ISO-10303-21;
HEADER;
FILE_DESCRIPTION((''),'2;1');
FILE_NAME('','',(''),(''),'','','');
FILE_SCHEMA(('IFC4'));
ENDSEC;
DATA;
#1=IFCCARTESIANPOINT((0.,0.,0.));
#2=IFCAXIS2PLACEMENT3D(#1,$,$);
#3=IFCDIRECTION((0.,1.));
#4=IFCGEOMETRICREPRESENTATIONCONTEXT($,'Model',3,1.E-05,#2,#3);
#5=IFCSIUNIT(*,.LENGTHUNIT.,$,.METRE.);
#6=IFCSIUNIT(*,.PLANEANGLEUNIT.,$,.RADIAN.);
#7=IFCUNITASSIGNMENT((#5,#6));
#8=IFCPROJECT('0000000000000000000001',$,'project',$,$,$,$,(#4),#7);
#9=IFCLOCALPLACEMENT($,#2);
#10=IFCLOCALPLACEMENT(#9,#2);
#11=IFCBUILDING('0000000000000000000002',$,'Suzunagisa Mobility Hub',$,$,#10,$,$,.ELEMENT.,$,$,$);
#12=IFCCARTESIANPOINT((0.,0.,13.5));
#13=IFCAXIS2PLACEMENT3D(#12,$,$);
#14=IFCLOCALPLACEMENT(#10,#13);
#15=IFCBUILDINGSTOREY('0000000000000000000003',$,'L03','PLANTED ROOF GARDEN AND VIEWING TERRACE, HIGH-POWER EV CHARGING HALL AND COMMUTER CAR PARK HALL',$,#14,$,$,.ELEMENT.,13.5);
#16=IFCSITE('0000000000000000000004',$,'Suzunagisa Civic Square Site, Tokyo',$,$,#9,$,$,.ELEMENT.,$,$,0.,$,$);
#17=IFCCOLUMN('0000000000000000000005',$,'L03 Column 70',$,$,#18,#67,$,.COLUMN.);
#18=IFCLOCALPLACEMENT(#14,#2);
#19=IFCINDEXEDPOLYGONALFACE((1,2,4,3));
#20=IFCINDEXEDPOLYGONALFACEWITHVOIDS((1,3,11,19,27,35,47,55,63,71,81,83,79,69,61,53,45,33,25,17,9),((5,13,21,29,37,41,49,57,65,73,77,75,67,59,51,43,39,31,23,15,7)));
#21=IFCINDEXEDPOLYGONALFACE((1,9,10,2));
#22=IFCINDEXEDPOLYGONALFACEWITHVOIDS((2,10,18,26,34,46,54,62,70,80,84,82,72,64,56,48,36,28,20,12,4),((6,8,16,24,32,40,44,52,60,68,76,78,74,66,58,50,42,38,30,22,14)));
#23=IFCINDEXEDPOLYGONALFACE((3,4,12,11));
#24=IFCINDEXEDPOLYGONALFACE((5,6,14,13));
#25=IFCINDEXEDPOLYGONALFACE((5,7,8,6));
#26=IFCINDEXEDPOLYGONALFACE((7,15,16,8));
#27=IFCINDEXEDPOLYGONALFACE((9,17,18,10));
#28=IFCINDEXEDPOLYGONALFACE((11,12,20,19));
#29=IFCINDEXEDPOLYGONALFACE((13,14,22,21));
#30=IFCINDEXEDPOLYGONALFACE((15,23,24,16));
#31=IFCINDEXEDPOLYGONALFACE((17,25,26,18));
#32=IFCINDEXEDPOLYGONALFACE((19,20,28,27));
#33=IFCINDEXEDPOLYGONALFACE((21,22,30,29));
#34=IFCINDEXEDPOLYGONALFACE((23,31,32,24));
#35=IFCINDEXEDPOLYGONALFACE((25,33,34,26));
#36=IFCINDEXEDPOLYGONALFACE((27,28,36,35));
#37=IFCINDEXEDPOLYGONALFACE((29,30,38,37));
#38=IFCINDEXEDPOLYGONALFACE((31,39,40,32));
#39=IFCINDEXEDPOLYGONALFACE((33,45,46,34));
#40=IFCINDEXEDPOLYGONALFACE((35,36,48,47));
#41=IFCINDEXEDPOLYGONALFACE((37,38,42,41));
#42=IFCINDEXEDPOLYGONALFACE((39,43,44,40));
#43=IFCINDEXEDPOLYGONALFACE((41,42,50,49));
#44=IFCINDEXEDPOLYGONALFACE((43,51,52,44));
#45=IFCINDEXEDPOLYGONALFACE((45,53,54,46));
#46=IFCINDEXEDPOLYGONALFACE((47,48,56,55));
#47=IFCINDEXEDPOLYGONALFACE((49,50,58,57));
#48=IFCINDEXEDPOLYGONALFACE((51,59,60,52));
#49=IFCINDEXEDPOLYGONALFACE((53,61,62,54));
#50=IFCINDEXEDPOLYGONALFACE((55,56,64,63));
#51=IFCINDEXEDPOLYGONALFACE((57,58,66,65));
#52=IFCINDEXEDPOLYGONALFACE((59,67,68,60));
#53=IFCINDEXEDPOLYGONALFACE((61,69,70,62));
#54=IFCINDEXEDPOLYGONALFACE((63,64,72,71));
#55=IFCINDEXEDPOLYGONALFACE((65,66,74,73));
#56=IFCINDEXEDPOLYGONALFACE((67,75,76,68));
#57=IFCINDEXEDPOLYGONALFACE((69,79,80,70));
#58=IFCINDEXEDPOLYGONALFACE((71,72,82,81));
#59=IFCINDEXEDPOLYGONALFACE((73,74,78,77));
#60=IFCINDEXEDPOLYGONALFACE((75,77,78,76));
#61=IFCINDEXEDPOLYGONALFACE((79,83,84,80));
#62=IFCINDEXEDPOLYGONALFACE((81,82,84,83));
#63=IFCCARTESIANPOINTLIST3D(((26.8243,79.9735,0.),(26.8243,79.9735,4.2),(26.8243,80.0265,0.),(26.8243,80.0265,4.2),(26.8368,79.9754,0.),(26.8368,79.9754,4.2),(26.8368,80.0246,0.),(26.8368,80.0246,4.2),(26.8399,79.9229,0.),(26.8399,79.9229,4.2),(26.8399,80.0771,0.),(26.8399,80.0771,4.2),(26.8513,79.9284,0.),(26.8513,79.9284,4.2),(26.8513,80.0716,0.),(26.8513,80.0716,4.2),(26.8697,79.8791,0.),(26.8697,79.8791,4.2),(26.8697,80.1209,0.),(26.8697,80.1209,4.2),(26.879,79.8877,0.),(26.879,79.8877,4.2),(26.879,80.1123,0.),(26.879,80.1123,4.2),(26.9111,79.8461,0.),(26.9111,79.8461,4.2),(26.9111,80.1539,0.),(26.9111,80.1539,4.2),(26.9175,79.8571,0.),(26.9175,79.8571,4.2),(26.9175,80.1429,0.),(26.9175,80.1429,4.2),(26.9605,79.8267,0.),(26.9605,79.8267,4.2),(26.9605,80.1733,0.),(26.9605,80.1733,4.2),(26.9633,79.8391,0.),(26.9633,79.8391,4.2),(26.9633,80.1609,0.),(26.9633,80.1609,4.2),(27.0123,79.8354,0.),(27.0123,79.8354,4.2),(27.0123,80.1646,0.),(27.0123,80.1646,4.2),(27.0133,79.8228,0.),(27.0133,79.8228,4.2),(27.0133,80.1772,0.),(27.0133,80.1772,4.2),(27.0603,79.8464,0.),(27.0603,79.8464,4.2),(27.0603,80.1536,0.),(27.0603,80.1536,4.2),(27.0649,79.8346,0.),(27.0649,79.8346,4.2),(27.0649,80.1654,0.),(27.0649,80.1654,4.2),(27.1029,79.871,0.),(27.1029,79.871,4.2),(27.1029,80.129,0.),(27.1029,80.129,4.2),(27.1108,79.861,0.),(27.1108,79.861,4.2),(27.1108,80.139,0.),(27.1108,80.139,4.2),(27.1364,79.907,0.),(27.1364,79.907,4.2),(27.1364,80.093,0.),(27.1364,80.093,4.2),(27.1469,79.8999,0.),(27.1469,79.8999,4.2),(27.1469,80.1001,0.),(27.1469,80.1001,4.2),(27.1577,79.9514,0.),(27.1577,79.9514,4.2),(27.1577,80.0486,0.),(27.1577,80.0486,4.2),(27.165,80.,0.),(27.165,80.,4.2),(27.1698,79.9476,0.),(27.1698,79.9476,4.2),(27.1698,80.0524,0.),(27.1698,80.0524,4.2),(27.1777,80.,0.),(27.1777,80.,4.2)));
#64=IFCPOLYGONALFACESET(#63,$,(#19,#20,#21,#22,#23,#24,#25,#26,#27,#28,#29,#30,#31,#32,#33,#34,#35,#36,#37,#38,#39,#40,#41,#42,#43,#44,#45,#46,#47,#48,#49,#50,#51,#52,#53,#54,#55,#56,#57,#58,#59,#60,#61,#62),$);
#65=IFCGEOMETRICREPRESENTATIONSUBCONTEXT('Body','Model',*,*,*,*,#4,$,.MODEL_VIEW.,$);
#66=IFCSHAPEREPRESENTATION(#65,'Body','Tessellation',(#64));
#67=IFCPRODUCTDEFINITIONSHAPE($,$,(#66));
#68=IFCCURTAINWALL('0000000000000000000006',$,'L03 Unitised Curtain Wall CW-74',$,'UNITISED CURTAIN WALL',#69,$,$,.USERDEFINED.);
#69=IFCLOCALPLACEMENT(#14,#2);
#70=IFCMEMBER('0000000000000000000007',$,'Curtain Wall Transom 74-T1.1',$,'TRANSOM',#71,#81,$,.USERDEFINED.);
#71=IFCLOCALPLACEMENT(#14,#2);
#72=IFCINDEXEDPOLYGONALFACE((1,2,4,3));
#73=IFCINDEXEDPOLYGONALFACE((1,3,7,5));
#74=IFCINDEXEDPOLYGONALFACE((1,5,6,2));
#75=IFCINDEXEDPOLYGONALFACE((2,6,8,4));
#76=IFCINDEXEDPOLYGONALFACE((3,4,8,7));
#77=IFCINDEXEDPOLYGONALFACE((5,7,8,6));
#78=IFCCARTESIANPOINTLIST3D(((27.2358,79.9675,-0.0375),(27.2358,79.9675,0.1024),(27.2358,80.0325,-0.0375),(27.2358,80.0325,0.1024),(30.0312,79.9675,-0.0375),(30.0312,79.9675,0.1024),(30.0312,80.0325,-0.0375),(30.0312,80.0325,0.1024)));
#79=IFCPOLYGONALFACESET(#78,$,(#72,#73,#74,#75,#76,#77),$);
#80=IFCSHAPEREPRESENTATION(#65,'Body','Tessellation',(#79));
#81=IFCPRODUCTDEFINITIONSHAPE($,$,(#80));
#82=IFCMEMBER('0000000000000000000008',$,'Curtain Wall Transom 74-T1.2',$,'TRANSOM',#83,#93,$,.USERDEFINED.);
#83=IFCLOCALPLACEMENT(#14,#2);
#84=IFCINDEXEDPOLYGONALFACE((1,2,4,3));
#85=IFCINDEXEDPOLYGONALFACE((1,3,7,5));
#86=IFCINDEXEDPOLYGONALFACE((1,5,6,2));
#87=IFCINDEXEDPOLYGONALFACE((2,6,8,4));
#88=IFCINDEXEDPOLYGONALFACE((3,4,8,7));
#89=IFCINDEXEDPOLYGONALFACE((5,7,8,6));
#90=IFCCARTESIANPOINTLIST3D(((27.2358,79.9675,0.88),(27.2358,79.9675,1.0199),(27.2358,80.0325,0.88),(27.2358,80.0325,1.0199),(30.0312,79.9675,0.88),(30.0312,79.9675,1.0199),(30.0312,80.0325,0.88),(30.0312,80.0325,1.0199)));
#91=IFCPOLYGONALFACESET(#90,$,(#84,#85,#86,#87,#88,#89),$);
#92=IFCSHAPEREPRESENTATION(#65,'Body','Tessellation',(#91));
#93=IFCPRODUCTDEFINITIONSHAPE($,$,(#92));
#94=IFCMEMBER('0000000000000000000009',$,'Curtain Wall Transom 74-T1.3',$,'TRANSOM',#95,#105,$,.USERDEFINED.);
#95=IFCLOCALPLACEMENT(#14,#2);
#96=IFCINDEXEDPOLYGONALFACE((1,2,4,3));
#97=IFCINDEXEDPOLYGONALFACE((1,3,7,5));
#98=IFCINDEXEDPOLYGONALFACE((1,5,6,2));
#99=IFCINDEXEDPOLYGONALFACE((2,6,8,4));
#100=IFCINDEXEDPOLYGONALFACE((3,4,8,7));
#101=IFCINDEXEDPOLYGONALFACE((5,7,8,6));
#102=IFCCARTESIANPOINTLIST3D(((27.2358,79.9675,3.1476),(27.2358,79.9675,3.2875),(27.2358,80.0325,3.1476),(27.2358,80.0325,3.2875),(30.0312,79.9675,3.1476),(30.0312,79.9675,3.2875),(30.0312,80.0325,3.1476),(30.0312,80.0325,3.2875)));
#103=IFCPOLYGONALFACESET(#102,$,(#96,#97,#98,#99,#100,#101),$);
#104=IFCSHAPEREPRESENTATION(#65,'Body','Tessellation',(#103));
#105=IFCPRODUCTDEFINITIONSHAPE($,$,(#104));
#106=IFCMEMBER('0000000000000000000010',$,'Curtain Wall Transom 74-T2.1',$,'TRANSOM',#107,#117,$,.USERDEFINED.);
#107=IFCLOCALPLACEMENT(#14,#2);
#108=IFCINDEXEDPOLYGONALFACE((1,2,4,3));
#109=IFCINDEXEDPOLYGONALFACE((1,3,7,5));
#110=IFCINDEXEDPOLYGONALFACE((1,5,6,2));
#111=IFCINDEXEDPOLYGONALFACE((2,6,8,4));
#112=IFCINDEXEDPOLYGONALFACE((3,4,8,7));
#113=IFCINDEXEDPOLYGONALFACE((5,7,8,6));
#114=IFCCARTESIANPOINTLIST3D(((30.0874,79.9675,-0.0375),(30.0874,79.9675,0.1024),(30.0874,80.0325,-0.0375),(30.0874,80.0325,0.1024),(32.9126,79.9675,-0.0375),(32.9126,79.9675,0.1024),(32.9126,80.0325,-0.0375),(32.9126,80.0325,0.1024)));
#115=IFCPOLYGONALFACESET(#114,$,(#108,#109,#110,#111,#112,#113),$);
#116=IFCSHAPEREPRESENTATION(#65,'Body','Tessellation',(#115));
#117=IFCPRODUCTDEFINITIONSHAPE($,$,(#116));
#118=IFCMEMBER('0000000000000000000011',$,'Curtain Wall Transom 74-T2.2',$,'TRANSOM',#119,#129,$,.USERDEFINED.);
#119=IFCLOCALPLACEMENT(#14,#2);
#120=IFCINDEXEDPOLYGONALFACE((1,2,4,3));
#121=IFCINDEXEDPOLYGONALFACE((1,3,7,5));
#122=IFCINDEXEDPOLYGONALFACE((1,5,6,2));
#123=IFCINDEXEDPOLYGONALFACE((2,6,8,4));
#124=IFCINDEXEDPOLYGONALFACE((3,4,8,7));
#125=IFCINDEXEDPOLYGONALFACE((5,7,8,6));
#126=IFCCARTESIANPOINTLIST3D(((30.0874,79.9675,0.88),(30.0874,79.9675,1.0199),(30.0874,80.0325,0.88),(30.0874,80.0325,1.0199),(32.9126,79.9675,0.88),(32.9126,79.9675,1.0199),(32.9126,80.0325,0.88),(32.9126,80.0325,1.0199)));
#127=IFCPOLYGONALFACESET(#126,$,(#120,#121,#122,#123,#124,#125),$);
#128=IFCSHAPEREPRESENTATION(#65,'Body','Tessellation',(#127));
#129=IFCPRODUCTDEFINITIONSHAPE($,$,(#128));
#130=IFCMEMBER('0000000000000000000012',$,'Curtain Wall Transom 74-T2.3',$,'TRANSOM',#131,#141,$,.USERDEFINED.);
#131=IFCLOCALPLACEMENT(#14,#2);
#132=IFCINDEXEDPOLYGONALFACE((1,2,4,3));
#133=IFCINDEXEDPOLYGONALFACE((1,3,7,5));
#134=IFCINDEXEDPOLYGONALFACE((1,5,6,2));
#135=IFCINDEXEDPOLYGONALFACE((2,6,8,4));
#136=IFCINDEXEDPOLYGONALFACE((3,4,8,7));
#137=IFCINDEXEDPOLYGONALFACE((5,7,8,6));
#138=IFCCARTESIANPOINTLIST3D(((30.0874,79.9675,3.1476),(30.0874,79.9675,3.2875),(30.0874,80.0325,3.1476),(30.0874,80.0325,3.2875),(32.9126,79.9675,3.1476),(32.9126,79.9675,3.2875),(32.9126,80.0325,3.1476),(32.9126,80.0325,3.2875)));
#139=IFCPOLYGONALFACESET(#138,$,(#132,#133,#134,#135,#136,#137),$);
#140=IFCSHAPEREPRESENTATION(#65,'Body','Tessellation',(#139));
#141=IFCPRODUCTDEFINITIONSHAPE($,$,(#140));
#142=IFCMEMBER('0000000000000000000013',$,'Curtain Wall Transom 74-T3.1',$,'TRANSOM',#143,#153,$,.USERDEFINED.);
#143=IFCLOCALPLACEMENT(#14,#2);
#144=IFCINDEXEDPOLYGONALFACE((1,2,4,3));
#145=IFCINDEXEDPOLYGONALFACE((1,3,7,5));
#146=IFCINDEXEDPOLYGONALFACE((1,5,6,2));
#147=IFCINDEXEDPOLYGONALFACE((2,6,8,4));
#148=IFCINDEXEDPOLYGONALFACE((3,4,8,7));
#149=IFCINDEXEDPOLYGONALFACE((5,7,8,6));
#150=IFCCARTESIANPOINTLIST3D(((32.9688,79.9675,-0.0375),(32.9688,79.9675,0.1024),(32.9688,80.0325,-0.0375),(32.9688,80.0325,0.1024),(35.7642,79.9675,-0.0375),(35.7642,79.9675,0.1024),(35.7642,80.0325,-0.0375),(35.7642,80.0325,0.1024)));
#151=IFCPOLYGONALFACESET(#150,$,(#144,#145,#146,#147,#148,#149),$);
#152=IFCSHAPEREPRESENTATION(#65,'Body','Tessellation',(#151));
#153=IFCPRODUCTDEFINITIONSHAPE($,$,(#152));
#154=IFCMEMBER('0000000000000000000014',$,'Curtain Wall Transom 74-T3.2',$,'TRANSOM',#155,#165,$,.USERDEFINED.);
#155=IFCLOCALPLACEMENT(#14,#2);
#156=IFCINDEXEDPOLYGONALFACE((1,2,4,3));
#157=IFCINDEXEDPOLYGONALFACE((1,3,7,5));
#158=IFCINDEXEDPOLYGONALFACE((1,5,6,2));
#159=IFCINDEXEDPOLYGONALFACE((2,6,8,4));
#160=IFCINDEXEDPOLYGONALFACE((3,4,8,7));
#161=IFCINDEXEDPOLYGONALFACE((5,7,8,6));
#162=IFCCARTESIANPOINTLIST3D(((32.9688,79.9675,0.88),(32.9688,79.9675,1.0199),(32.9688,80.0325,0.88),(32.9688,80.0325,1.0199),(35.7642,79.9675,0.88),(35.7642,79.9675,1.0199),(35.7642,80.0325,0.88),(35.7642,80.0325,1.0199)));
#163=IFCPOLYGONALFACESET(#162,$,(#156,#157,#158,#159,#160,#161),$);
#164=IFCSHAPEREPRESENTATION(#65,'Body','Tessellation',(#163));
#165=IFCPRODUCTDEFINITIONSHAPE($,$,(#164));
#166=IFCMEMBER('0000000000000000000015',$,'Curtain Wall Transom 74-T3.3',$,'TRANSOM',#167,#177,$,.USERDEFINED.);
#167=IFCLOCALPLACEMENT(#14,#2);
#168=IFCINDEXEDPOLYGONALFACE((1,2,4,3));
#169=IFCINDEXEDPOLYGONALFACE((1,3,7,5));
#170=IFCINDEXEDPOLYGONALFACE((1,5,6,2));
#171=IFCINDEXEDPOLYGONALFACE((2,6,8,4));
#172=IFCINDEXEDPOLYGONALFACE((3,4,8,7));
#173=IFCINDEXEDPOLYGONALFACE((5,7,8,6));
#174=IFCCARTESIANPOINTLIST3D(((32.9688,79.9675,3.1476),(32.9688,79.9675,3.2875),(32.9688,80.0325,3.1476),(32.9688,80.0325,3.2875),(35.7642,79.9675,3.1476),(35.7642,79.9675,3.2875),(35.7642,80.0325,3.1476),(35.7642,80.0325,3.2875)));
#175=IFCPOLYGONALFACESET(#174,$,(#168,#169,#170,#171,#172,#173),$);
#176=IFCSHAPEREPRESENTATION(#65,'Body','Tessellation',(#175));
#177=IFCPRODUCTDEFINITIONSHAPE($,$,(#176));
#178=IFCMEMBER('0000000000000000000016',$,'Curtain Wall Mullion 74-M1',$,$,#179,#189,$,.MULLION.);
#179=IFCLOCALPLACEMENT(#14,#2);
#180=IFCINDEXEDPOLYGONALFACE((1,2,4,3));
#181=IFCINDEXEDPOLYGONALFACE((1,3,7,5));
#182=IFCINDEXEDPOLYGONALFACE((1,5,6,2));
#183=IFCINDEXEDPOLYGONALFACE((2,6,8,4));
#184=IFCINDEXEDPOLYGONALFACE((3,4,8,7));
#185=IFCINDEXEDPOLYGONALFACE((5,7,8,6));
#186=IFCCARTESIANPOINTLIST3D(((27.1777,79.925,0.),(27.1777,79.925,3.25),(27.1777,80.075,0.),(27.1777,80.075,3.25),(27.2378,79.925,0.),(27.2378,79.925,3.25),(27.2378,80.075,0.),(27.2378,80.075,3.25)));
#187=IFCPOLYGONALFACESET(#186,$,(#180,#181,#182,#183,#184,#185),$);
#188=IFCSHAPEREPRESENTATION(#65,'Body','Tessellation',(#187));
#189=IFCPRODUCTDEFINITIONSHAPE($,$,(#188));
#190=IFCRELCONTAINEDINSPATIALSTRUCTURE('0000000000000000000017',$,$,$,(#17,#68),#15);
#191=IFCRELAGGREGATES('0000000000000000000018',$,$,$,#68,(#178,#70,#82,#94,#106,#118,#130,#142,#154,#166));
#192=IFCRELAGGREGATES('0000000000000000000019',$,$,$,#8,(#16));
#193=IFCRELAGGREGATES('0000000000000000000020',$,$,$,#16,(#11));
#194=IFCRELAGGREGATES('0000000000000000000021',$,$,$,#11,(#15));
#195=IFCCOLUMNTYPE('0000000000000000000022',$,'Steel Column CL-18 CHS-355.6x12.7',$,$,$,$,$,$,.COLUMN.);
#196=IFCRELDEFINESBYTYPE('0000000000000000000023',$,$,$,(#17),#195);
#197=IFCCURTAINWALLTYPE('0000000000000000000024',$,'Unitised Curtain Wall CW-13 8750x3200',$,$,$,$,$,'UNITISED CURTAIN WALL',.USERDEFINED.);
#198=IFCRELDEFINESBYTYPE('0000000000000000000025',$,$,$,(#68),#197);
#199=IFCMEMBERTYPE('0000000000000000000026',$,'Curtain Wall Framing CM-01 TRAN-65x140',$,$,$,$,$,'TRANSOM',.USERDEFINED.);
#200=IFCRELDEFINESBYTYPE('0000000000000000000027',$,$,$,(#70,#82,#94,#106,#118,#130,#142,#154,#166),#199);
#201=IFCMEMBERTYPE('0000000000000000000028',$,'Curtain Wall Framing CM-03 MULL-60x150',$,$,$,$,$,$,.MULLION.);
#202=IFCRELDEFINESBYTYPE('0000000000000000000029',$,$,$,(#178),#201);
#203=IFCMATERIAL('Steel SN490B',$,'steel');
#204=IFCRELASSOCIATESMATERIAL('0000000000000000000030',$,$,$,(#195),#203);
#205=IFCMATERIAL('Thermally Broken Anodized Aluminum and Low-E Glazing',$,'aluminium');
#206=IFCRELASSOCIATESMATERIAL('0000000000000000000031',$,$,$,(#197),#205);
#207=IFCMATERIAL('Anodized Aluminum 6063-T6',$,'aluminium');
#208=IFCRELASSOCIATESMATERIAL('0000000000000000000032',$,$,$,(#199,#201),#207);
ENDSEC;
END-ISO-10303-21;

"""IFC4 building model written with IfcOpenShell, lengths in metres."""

from ifc_helpers import new_model, si_unit, direction, frame, origin, origin_2d, place, context, subcontext, project, spatial, rectangle, hollow_circle, extrude, material, material_profile, profile_set, type_object, element, aggregate, save


model = new_model("IFC4")

# Units and contexts
model_context = context("Model", 3, precision=1e-05, world=origin(), true_north=direction((0.0, 1.0)))
body_context = subcontext(model_context, "Body", "Model", "MODEL_VIEW")
ifc_project = project(units=[si_unit("LENGTHUNIT", "METRE"), si_unit("PLANEANGLEUNIT", "RADIAN")], contexts=[model_context])

# Site, building, storey
site_placement = place(None, origin())
site = spatial("IfcSite", under=ifc_project, at=site_placement, Name="Suzunagisa Civic Square Site, Tokyo", CompositionType="ELEMENT", RefElevation=0.0)
building_placement = place(site_placement, origin())
building = spatial("IfcBuilding", under=site, at=building_placement, Name="Suzunagisa Mobility Hub", CompositionType="ELEMENT")
storey_placement = place(building_placement, frame((0.0, 0.0, 13.5)))
storey = spatial("IfcBuildingStorey", under=building, at=storey_placement, Name="L03", Description="PLANTED ROOF GARDEN AND VIEWING TERRACE, HIGH-POWER EV CHARGING HALL AND COMMUTER CAR PARK HALL", CompositionType="ELEMENT", Elevation=13.5)

# Column
ifc_material_1 = material(Name="Steel SN490B", Category="steel")
ifc_material_profile_1 = material_profile(ifc_material_1, hollow_circle(Radius=0.1777, WallThickness=0.0127, at=origin_2d()), Name="CHS-355.6x12.7")
ifc_profile_set_1 = profile_set([ifc_material_profile_1], Name="Steel SN490B")
column_type = type_object("IfcColumnType", Name="Steel Column CL-18 CHS-355.6x12.7", PredefinedType="COLUMN", material=ifc_profile_set_1)
column_placement = place(storey_placement, frame((27.0, 80.0, 0.0), z_axis=(0.0, 0.0, 1.0), x_axis=(1.0, 0.0, 0.0)))
element("IfcColumn", 1, at=column_placement, inside=storey, type_object=column_type, Name="L03 Column 70", PredefinedType="COLUMN", context=body_context, shape_type="SweptSolid", body=[
    extrude(hollow_circle(Radius=0.1777, WallThickness=0.0127, at=origin_2d()), origin(), (0.0, 0.0, 1.0), 4.2),
])

# Curtain wall, members
ifc_material_2 = material(Name="Thermally Broken Anodized Aluminum and Low-E Glazing", Category="aluminium")
curtain_wall_type = type_object("IfcCurtainWallType", Name="Unitised Curtain Wall CW-13 8750x3200", ElementType="UNITISED CURTAIN WALL", PredefinedType="USERDEFINED", material=ifc_material_2)
curtain_wall_placement = place(storey_placement, origin())
curtain_wall = element("IfcCurtainWall", 2, at=curtain_wall_placement, inside=storey, type_object=curtain_wall_type, Name="L03 Unitised Curtain Wall CW-74", ObjectType="UNITISED CURTAIN WALL", PredefinedType="USERDEFINED")
ifc_material_3 = material(Name="Anodized Aluminum 6063-T6", Category="aluminium")
ifc_material_profile_2 = material_profile(ifc_material_3, rectangle(XDim=0.0649, YDim=0.1399, at=origin_2d()), Name="TRAN-65x140")
ifc_profile_set_2 = profile_set([ifc_material_profile_2], Name="Anodized Aluminum 6063-T6")
member_type_1 = type_object("IfcMemberType", Name="Curtain Wall Framing CM-01 TRAN-65x140", ElementType="TRANSOM", PredefinedType="USERDEFINED", material=ifc_profile_set_2)
member_1_placement = place(storey_placement, frame((27.2358, 80.0, 0.0325), z_axis=(1.0, 0.0, 0.0), x_axis=(0.0, 1.0, 0.0)))
member_1 = element("IfcMember", 3, at=member_1_placement, type_object=member_type_1, Name="Curtain Wall Transom 74-T1.1", ObjectType="TRANSOM", PredefinedType="USERDEFINED", context=body_context, shape_type="SweptSolid", body=[
    extrude(rectangle(XDim=0.0649, YDim=0.1399, at=origin_2d()), origin(), (0.0, 0.0, 1.0), 2.7954),
])
member_2_placement = place(storey_placement, frame((27.2358, 80.0, 0.95), z_axis=(1.0, 0.0, 0.0), x_axis=(0.0, 1.0, 0.0)))
member_2 = element("IfcMember", 4, at=member_2_placement, type_object=member_type_1, Name="Curtain Wall Transom 74-T1.2", ObjectType="TRANSOM", PredefinedType="USERDEFINED", context=body_context, shape_type="SweptSolid", body=[
    extrude(rectangle(XDim=0.0649, YDim=0.1399, at=origin_2d()), origin(), (0.0, 0.0, 1.0), 2.7954),
])
member_3_placement = place(storey_placement, frame((27.2358, 80.0, 3.2175), z_axis=(1.0, 0.0, 0.0), x_axis=(0.0, 1.0, 0.0)))
member_3 = element("IfcMember", 5, at=member_3_placement, type_object=member_type_1, Name="Curtain Wall Transom 74-T1.3", ObjectType="TRANSOM", PredefinedType="USERDEFINED", context=body_context, shape_type="SweptSolid", body=[
    extrude(rectangle(XDim=0.0649, YDim=0.1399, at=origin_2d()), origin(), (0.0, 0.0, 1.0), 2.7954),
])
member_4_placement = place(storey_placement, frame((30.0874, 80.0, 0.0325), z_axis=(1.0, 0.0, 0.0), x_axis=(0.0, 1.0, 0.0)))
member_4 = element("IfcMember", 6, at=member_4_placement, type_object=member_type_1, Name="Curtain Wall Transom 74-T2.1", ObjectType="TRANSOM", PredefinedType="USERDEFINED", context=body_context, shape_type="SweptSolid", body=[
    extrude(rectangle(XDim=0.0649, YDim=0.1399, at=origin_2d()), origin(), (0.0, 0.0, 1.0), 2.8252),
])
member_5_placement = place(storey_placement, frame((30.0874, 80.0, 0.95), z_axis=(1.0, 0.0, 0.0), x_axis=(0.0, 1.0, 0.0)))
member_5 = element("IfcMember", 7, at=member_5_placement, type_object=member_type_1, Name="Curtain Wall Transom 74-T2.2", ObjectType="TRANSOM", PredefinedType="USERDEFINED", context=body_context, shape_type="SweptSolid", body=[
    extrude(rectangle(XDim=0.0649, YDim=0.1399, at=origin_2d()), origin(), (0.0, 0.0, 1.0), 2.8252),
])
member_6_placement = place(storey_placement, frame((30.0874, 80.0, 3.2175), z_axis=(1.0, 0.0, 0.0), x_axis=(0.0, 1.0, 0.0)))
member_6 = element("IfcMember", 8, at=member_6_placement, type_object=member_type_1, Name="Curtain Wall Transom 74-T2.3", ObjectType="TRANSOM", PredefinedType="USERDEFINED", context=body_context, shape_type="SweptSolid", body=[
    extrude(rectangle(XDim=0.0649, YDim=0.1399, at=origin_2d()), origin(), (0.0, 0.0, 1.0), 2.8252),
])
member_7_placement = place(storey_placement, frame((32.9688, 80.0, 0.0325), z_axis=(1.0, 0.0, 0.0), x_axis=(0.0, 1.0, 0.0)))
member_7 = element("IfcMember", 9, at=member_7_placement, type_object=member_type_1, Name="Curtain Wall Transom 74-T3.1", ObjectType="TRANSOM", PredefinedType="USERDEFINED", context=body_context, shape_type="SweptSolid", body=[
    extrude(rectangle(XDim=0.0649, YDim=0.1399, at=origin_2d()), origin(), (0.0, 0.0, 1.0), 2.7954),
])
member_8_placement = place(storey_placement, frame((32.9688, 80.0, 0.95), z_axis=(1.0, 0.0, 0.0), x_axis=(0.0, 1.0, 0.0)))
member_8 = element("IfcMember", 10, at=member_8_placement, type_object=member_type_1, Name="Curtain Wall Transom 74-T3.2", ObjectType="TRANSOM", PredefinedType="USERDEFINED", context=body_context, shape_type="SweptSolid", body=[
    extrude(rectangle(XDim=0.0649, YDim=0.1399, at=origin_2d()), origin(), (0.0, 0.0, 1.0), 2.7954),
])
member_9_placement = place(storey_placement, frame((32.9688, 80.0, 3.2175), z_axis=(1.0, 0.0, 0.0), x_axis=(0.0, 1.0, 0.0)))
member_9 = element("IfcMember", 11, at=member_9_placement, type_object=member_type_1, Name="Curtain Wall Transom 74-T3.3", ObjectType="TRANSOM", PredefinedType="USERDEFINED", context=body_context, shape_type="SweptSolid", body=[
    extrude(rectangle(XDim=0.0649, YDim=0.1399, at=origin_2d()), origin(), (0.0, 0.0, 1.0), 2.7954),
])
ifc_material_profile_3 = material_profile(ifc_material_3, rectangle(XDim=0.0601, YDim=0.1499, at=origin_2d()), Name="MULL-60x150")
ifc_profile_set_3 = profile_set([ifc_material_profile_3], Name="Anodized Aluminum 6063-T6")
member_type_2 = type_object("IfcMemberType", Name="Curtain Wall Framing CM-03 MULL-60x150", PredefinedType="MULLION", material=ifc_profile_set_3)
member_10_placement = place(storey_placement, frame((27.2078, 80.0, 0.0), z_axis=(0.0, 0.0, 1.0), x_axis=(1.0, 0.0, 0.0)))
member_10 = element("IfcMember", 12, at=member_10_placement, type_object=member_type_2, Name="Curtain Wall Mullion 74-M1", PredefinedType="MULLION", context=body_context, shape_type="SweptSolid", body=[
    extrude(rectangle(XDim=0.0601, YDim=0.1499, at=origin_2d()), origin(), (0.0, 0.0, 1.0), 3.25),
])

aggregate(curtain_wall, [member_10, member_1, member_2, member_3, member_4, member_5, member_6, member_7, member_8, member_9])

save(model, "model.ifc")
